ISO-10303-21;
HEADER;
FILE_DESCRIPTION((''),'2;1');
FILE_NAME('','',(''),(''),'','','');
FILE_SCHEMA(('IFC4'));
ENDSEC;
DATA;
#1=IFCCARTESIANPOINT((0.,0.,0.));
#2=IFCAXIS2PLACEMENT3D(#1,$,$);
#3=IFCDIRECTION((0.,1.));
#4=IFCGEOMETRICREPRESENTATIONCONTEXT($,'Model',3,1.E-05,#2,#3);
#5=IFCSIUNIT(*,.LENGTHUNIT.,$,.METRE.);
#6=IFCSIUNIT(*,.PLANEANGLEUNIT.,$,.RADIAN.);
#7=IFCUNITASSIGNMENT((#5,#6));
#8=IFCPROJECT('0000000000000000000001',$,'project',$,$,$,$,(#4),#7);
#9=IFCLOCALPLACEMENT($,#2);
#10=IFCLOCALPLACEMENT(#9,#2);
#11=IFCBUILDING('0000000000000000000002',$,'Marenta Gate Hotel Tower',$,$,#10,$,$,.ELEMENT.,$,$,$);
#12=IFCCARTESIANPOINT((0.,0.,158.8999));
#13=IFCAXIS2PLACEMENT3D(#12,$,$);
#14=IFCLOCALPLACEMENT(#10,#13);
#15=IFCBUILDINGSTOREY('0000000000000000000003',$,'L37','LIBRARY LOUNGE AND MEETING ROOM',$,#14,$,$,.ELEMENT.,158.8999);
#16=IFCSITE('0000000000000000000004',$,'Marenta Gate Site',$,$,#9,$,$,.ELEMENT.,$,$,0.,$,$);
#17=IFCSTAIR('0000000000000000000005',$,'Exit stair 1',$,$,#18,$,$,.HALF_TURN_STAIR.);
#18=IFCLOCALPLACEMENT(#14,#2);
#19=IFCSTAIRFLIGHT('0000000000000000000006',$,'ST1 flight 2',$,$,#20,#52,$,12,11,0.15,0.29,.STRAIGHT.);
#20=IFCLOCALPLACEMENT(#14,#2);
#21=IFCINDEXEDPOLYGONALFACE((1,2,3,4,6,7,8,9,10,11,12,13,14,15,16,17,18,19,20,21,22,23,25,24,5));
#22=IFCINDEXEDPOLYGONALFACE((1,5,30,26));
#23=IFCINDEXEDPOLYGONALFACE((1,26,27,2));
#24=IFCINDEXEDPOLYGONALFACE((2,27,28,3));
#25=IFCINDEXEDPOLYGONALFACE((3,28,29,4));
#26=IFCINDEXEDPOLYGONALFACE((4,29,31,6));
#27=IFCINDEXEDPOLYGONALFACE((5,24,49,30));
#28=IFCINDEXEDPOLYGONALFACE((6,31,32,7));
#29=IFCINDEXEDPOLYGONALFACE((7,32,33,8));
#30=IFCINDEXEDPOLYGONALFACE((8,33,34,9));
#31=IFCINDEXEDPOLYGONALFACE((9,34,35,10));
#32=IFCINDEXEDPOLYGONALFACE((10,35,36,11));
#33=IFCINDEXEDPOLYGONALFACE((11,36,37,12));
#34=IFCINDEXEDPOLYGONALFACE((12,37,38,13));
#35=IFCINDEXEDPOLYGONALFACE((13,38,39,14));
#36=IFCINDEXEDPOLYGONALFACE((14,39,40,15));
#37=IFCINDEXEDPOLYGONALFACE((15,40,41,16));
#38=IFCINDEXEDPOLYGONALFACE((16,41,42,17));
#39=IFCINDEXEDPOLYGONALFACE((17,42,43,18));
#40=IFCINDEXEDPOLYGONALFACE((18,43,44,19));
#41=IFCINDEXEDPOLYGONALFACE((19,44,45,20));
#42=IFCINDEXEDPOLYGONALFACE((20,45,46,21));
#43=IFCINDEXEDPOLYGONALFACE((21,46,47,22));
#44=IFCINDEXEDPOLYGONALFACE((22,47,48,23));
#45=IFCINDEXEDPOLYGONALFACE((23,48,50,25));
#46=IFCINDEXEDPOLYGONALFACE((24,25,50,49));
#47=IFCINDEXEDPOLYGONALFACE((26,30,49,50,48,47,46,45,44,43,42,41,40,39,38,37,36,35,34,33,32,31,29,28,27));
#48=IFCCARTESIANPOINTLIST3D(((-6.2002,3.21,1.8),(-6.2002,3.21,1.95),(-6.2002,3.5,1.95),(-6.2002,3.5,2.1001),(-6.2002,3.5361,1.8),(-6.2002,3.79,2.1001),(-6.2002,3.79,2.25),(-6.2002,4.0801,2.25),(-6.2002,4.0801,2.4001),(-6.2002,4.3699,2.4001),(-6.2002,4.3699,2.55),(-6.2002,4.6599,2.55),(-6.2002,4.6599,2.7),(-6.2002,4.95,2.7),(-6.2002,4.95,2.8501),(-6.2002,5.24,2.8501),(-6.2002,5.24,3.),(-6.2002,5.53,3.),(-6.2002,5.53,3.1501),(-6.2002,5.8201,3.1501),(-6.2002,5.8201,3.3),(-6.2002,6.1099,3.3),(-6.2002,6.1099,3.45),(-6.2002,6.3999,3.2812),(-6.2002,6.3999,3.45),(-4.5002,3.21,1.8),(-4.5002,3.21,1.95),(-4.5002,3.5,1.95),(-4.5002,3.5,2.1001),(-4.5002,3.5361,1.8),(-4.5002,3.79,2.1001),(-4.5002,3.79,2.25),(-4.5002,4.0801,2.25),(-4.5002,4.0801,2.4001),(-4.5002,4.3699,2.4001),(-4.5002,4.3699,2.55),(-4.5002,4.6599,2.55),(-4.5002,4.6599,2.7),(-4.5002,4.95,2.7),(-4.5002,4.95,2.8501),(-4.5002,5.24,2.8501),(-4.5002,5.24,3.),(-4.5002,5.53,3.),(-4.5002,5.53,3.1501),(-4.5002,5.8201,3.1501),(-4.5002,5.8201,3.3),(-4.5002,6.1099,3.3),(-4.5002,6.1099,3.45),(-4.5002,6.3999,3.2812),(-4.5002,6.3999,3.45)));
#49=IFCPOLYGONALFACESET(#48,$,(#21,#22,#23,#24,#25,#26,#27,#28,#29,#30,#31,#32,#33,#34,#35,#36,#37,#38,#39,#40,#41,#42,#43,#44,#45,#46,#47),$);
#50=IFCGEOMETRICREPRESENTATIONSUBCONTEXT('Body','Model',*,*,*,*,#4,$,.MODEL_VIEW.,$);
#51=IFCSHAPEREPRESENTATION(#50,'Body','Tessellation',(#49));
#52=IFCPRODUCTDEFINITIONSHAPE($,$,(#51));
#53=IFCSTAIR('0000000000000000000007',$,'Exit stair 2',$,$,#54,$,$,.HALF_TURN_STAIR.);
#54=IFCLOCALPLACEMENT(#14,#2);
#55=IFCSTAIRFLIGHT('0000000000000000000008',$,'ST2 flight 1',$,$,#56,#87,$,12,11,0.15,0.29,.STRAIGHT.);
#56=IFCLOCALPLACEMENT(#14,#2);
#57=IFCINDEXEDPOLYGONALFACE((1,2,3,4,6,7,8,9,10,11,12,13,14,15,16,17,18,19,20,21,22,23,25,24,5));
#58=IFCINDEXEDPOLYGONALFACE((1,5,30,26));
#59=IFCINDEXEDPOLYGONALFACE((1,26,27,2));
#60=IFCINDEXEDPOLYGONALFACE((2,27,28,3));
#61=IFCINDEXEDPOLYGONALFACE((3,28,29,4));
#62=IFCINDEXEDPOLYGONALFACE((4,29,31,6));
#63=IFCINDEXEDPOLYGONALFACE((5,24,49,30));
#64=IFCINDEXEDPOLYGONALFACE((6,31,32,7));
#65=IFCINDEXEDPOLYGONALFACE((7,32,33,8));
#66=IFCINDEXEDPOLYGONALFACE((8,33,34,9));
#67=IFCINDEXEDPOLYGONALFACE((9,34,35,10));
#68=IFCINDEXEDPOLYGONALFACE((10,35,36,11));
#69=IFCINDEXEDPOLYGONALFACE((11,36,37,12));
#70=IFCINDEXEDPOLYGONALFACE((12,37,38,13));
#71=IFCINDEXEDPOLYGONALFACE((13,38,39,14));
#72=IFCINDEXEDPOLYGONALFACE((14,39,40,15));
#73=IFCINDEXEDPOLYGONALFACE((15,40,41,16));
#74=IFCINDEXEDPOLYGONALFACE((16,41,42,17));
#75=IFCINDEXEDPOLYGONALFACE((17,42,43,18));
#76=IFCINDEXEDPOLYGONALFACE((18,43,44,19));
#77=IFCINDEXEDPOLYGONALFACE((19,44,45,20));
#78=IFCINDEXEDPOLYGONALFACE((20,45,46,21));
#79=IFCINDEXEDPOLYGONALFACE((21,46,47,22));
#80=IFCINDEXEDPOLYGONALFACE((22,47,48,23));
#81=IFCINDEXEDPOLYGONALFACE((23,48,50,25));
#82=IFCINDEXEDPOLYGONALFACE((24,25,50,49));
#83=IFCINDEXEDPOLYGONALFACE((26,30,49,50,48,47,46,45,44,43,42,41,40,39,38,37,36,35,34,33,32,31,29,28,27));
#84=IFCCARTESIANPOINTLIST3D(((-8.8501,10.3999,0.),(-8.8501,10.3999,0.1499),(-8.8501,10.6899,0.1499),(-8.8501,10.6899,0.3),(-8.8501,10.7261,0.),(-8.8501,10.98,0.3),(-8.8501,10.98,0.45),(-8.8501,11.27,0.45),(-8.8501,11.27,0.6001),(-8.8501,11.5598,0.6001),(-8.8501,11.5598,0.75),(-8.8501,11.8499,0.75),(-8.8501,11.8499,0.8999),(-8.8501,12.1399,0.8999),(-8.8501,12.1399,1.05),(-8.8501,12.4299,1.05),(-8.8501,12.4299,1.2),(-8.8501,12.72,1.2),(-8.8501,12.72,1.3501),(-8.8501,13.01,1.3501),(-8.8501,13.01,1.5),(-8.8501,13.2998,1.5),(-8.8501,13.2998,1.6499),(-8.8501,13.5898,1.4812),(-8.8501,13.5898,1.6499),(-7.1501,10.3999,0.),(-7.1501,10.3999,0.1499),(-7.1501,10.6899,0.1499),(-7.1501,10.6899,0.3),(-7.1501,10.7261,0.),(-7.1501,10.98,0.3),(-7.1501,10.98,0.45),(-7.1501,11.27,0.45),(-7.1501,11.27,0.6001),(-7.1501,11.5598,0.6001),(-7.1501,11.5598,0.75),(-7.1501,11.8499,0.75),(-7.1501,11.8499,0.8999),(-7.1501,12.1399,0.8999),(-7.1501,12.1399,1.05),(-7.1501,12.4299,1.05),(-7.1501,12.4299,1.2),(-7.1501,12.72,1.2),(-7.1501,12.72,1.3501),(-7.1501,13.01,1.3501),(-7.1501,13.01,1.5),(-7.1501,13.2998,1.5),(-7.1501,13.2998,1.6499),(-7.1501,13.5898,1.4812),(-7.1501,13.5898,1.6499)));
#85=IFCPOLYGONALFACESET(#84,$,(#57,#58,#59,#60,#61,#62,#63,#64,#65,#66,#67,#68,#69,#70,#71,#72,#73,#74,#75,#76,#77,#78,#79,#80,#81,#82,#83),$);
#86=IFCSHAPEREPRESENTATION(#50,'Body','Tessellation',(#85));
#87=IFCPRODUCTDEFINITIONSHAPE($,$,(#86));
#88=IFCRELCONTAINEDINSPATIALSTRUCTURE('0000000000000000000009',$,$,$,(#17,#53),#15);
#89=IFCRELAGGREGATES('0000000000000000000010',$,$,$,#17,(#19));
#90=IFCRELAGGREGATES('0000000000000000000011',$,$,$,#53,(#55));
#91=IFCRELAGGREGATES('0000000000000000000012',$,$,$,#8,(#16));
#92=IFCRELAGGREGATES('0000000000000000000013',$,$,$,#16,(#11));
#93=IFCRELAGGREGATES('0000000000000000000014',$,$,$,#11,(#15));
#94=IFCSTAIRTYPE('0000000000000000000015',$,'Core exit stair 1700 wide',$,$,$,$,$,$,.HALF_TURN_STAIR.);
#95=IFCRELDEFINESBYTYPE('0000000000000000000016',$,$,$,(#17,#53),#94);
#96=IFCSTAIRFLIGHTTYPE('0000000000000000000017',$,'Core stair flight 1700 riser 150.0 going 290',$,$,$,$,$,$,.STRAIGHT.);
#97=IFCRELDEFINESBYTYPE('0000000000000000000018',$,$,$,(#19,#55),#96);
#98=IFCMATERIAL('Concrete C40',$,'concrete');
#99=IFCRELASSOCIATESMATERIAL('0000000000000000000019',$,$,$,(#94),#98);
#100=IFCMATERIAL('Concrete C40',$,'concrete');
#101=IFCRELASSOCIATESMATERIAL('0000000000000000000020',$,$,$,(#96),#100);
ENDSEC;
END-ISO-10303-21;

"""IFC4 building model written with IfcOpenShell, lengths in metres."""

from ifc_helpers import new_model, si_unit, direction, frame, origin, place, context, subcontext, project, spatial, polyline, outline, extrude, material, type_object, element, aggregate, save


model = new_model("IFC4")

# Units and contexts
model_context = context("Model", 3, precision=1e-05, world=origin(), true_north=direction((0.0, 1.0)))
body_context = subcontext(model_context, "Body", "Model", "MODEL_VIEW")
ifc_project = project(units=[si_unit("LENGTHUNIT", "METRE"), si_unit("PLANEANGLEUNIT", "RADIAN")], contexts=[model_context])

# Site, building, storey
site_placement = place(None, origin())
site = spatial("IfcSite", under=ifc_project, at=site_placement, Name="Marenta Gate Site", CompositionType="ELEMENT", RefElevation=0.0)
building_placement = place(site_placement, origin())
building = spatial("IfcBuilding", under=site, at=building_placement, Name="Marenta Gate Hotel Tower", CompositionType="ELEMENT")
storey_placement = place(building_placement, frame((0.0, 0.0, 158.8999)))
storey = spatial("IfcBuildingStorey", under=building, at=storey_placement, Name="L37", Description="LIBRARY LOUNGE AND MEETING ROOM", CompositionType="ELEMENT", Elevation=158.8999)

# Stair, stair flight
ifc_material_1 = material(Name="Concrete C40", Category="concrete")
stair_type = type_object("IfcStairType", Name="Core exit stair 1700 wide", PredefinedType="HALF_TURN_STAIR", material=ifc_material_1)
stair_1_placement = place(storey_placement, origin())
stair_1 = element("IfcStair", 1, at=stair_1_placement, inside=storey, type_object=stair_type, Name="Exit stair 1", PredefinedType="HALF_TURN_STAIR")
ifc_material_2 = material(Name="Concrete C40", Category="concrete")
stair_flight_type = type_object("IfcStairFlightType", Name="Core stair flight 1700 riser 150.0 going 290", PredefinedType="STRAIGHT", material=ifc_material_2)
stair_flight_1_placement = place(storey_placement, frame((-5.3501, 3.21, 1.8), z_axis=(0.0, 0.0, 1.0), x_axis=(0.0, 1.0, 0.0)))
stair_flight_1 = element("IfcStairFlight", 2, at=stair_flight_1_placement, type_object=stair_flight_type, Name="ST1 flight 2", NumberOfRisers=12, NumberOfTreads=11, PredefinedType="STRAIGHT", RiserHeight=0.15, TreadLength=0.29, context=body_context, shape_type="SweptSolid", body=[
    extrude(outline(polyline([(0.0, 0.0), (0.0, 0.1499), (0.29, 0.1499), (0.29, 0.3), (0.5801, 0.3), (0.5801, 0.45), (0.8701, 0.45), (0.8701, 0.6001), (1.1599, 0.6001), (1.1599, 0.75), (1.45, 0.75), (1.45, 0.8999), (1.74, 0.8999), (1.74, 1.05), (2.03, 1.05), (2.03, 1.2), (2.3201, 1.2), (2.3201, 1.3501), (2.6101, 1.3501), (2.6101, 1.5), (2.8999, 1.5), (2.8999, 1.6499), (3.1899, 1.6499), (3.1899, 1.8), (3.1899, 1.4812), (0.3262, 0.0), (0.0, 0.0)])), frame((0.0, 0.8501, 0.0), z_axis=(0.0, -1.0, 0.0), x_axis=(1.0, 0.0, 0.0)), (0.0, 0.0, 1.0), 1.7),
])
aggregate(stair_1, [stair_flight_1])

# Stair, stair flight
stair_2_placement = place(storey_placement, origin())
stair_2 = element("IfcStair", 3, at=stair_2_placement, inside=storey, type_object=stair_type, Name="Exit stair 2", PredefinedType="HALF_TURN_STAIR")
stair_flight_2_placement = place(storey_placement, frame((-8.0, 10.3999, 0.0), z_axis=(0.0, 0.0, 1.0), x_axis=(0.0, 1.0, 0.0)))
stair_flight_2 = element("IfcStairFlight", 4, at=stair_flight_2_placement, type_object=stair_flight_type, Name="ST2 flight 1", NumberOfRisers=12, NumberOfTreads=11, PredefinedType="STRAIGHT", RiserHeight=0.15, TreadLength=0.29, context=body_context, shape_type="SweptSolid", body=[
    extrude(outline(polyline([(0.0, 0.0), (0.0, 0.1499), (0.29, 0.1499), (0.29, 0.3), (0.5801, 0.3), (0.5801, 0.45), (0.8701, 0.45), (0.8701, 0.6001), (1.1599, 0.6001), (1.1599, 0.75), (1.45, 0.75), (1.45, 0.8999), (1.74, 0.8999), (1.74, 1.05), (2.03, 1.05), (2.03, 1.2), (2.3201, 1.2), (2.3201, 1.3501), (2.6101, 1.3501), (2.6101, 1.5), (2.8999, 1.5), (2.8999, 1.6499), (3.1899, 1.6499), (3.1899, 1.8), (3.1899, 1.4812), (0.3262, 0.0), (0.0, 0.0)])), frame((0.0, 0.8501, 0.0), z_axis=(0.0, -1.0, 0.0), x_axis=(1.0, 0.0, 0.0)), (0.0, 0.0, 1.0), 1.7),
])
aggregate(stair_2, [stair_flight_2])

save(model, "model.ifc")
